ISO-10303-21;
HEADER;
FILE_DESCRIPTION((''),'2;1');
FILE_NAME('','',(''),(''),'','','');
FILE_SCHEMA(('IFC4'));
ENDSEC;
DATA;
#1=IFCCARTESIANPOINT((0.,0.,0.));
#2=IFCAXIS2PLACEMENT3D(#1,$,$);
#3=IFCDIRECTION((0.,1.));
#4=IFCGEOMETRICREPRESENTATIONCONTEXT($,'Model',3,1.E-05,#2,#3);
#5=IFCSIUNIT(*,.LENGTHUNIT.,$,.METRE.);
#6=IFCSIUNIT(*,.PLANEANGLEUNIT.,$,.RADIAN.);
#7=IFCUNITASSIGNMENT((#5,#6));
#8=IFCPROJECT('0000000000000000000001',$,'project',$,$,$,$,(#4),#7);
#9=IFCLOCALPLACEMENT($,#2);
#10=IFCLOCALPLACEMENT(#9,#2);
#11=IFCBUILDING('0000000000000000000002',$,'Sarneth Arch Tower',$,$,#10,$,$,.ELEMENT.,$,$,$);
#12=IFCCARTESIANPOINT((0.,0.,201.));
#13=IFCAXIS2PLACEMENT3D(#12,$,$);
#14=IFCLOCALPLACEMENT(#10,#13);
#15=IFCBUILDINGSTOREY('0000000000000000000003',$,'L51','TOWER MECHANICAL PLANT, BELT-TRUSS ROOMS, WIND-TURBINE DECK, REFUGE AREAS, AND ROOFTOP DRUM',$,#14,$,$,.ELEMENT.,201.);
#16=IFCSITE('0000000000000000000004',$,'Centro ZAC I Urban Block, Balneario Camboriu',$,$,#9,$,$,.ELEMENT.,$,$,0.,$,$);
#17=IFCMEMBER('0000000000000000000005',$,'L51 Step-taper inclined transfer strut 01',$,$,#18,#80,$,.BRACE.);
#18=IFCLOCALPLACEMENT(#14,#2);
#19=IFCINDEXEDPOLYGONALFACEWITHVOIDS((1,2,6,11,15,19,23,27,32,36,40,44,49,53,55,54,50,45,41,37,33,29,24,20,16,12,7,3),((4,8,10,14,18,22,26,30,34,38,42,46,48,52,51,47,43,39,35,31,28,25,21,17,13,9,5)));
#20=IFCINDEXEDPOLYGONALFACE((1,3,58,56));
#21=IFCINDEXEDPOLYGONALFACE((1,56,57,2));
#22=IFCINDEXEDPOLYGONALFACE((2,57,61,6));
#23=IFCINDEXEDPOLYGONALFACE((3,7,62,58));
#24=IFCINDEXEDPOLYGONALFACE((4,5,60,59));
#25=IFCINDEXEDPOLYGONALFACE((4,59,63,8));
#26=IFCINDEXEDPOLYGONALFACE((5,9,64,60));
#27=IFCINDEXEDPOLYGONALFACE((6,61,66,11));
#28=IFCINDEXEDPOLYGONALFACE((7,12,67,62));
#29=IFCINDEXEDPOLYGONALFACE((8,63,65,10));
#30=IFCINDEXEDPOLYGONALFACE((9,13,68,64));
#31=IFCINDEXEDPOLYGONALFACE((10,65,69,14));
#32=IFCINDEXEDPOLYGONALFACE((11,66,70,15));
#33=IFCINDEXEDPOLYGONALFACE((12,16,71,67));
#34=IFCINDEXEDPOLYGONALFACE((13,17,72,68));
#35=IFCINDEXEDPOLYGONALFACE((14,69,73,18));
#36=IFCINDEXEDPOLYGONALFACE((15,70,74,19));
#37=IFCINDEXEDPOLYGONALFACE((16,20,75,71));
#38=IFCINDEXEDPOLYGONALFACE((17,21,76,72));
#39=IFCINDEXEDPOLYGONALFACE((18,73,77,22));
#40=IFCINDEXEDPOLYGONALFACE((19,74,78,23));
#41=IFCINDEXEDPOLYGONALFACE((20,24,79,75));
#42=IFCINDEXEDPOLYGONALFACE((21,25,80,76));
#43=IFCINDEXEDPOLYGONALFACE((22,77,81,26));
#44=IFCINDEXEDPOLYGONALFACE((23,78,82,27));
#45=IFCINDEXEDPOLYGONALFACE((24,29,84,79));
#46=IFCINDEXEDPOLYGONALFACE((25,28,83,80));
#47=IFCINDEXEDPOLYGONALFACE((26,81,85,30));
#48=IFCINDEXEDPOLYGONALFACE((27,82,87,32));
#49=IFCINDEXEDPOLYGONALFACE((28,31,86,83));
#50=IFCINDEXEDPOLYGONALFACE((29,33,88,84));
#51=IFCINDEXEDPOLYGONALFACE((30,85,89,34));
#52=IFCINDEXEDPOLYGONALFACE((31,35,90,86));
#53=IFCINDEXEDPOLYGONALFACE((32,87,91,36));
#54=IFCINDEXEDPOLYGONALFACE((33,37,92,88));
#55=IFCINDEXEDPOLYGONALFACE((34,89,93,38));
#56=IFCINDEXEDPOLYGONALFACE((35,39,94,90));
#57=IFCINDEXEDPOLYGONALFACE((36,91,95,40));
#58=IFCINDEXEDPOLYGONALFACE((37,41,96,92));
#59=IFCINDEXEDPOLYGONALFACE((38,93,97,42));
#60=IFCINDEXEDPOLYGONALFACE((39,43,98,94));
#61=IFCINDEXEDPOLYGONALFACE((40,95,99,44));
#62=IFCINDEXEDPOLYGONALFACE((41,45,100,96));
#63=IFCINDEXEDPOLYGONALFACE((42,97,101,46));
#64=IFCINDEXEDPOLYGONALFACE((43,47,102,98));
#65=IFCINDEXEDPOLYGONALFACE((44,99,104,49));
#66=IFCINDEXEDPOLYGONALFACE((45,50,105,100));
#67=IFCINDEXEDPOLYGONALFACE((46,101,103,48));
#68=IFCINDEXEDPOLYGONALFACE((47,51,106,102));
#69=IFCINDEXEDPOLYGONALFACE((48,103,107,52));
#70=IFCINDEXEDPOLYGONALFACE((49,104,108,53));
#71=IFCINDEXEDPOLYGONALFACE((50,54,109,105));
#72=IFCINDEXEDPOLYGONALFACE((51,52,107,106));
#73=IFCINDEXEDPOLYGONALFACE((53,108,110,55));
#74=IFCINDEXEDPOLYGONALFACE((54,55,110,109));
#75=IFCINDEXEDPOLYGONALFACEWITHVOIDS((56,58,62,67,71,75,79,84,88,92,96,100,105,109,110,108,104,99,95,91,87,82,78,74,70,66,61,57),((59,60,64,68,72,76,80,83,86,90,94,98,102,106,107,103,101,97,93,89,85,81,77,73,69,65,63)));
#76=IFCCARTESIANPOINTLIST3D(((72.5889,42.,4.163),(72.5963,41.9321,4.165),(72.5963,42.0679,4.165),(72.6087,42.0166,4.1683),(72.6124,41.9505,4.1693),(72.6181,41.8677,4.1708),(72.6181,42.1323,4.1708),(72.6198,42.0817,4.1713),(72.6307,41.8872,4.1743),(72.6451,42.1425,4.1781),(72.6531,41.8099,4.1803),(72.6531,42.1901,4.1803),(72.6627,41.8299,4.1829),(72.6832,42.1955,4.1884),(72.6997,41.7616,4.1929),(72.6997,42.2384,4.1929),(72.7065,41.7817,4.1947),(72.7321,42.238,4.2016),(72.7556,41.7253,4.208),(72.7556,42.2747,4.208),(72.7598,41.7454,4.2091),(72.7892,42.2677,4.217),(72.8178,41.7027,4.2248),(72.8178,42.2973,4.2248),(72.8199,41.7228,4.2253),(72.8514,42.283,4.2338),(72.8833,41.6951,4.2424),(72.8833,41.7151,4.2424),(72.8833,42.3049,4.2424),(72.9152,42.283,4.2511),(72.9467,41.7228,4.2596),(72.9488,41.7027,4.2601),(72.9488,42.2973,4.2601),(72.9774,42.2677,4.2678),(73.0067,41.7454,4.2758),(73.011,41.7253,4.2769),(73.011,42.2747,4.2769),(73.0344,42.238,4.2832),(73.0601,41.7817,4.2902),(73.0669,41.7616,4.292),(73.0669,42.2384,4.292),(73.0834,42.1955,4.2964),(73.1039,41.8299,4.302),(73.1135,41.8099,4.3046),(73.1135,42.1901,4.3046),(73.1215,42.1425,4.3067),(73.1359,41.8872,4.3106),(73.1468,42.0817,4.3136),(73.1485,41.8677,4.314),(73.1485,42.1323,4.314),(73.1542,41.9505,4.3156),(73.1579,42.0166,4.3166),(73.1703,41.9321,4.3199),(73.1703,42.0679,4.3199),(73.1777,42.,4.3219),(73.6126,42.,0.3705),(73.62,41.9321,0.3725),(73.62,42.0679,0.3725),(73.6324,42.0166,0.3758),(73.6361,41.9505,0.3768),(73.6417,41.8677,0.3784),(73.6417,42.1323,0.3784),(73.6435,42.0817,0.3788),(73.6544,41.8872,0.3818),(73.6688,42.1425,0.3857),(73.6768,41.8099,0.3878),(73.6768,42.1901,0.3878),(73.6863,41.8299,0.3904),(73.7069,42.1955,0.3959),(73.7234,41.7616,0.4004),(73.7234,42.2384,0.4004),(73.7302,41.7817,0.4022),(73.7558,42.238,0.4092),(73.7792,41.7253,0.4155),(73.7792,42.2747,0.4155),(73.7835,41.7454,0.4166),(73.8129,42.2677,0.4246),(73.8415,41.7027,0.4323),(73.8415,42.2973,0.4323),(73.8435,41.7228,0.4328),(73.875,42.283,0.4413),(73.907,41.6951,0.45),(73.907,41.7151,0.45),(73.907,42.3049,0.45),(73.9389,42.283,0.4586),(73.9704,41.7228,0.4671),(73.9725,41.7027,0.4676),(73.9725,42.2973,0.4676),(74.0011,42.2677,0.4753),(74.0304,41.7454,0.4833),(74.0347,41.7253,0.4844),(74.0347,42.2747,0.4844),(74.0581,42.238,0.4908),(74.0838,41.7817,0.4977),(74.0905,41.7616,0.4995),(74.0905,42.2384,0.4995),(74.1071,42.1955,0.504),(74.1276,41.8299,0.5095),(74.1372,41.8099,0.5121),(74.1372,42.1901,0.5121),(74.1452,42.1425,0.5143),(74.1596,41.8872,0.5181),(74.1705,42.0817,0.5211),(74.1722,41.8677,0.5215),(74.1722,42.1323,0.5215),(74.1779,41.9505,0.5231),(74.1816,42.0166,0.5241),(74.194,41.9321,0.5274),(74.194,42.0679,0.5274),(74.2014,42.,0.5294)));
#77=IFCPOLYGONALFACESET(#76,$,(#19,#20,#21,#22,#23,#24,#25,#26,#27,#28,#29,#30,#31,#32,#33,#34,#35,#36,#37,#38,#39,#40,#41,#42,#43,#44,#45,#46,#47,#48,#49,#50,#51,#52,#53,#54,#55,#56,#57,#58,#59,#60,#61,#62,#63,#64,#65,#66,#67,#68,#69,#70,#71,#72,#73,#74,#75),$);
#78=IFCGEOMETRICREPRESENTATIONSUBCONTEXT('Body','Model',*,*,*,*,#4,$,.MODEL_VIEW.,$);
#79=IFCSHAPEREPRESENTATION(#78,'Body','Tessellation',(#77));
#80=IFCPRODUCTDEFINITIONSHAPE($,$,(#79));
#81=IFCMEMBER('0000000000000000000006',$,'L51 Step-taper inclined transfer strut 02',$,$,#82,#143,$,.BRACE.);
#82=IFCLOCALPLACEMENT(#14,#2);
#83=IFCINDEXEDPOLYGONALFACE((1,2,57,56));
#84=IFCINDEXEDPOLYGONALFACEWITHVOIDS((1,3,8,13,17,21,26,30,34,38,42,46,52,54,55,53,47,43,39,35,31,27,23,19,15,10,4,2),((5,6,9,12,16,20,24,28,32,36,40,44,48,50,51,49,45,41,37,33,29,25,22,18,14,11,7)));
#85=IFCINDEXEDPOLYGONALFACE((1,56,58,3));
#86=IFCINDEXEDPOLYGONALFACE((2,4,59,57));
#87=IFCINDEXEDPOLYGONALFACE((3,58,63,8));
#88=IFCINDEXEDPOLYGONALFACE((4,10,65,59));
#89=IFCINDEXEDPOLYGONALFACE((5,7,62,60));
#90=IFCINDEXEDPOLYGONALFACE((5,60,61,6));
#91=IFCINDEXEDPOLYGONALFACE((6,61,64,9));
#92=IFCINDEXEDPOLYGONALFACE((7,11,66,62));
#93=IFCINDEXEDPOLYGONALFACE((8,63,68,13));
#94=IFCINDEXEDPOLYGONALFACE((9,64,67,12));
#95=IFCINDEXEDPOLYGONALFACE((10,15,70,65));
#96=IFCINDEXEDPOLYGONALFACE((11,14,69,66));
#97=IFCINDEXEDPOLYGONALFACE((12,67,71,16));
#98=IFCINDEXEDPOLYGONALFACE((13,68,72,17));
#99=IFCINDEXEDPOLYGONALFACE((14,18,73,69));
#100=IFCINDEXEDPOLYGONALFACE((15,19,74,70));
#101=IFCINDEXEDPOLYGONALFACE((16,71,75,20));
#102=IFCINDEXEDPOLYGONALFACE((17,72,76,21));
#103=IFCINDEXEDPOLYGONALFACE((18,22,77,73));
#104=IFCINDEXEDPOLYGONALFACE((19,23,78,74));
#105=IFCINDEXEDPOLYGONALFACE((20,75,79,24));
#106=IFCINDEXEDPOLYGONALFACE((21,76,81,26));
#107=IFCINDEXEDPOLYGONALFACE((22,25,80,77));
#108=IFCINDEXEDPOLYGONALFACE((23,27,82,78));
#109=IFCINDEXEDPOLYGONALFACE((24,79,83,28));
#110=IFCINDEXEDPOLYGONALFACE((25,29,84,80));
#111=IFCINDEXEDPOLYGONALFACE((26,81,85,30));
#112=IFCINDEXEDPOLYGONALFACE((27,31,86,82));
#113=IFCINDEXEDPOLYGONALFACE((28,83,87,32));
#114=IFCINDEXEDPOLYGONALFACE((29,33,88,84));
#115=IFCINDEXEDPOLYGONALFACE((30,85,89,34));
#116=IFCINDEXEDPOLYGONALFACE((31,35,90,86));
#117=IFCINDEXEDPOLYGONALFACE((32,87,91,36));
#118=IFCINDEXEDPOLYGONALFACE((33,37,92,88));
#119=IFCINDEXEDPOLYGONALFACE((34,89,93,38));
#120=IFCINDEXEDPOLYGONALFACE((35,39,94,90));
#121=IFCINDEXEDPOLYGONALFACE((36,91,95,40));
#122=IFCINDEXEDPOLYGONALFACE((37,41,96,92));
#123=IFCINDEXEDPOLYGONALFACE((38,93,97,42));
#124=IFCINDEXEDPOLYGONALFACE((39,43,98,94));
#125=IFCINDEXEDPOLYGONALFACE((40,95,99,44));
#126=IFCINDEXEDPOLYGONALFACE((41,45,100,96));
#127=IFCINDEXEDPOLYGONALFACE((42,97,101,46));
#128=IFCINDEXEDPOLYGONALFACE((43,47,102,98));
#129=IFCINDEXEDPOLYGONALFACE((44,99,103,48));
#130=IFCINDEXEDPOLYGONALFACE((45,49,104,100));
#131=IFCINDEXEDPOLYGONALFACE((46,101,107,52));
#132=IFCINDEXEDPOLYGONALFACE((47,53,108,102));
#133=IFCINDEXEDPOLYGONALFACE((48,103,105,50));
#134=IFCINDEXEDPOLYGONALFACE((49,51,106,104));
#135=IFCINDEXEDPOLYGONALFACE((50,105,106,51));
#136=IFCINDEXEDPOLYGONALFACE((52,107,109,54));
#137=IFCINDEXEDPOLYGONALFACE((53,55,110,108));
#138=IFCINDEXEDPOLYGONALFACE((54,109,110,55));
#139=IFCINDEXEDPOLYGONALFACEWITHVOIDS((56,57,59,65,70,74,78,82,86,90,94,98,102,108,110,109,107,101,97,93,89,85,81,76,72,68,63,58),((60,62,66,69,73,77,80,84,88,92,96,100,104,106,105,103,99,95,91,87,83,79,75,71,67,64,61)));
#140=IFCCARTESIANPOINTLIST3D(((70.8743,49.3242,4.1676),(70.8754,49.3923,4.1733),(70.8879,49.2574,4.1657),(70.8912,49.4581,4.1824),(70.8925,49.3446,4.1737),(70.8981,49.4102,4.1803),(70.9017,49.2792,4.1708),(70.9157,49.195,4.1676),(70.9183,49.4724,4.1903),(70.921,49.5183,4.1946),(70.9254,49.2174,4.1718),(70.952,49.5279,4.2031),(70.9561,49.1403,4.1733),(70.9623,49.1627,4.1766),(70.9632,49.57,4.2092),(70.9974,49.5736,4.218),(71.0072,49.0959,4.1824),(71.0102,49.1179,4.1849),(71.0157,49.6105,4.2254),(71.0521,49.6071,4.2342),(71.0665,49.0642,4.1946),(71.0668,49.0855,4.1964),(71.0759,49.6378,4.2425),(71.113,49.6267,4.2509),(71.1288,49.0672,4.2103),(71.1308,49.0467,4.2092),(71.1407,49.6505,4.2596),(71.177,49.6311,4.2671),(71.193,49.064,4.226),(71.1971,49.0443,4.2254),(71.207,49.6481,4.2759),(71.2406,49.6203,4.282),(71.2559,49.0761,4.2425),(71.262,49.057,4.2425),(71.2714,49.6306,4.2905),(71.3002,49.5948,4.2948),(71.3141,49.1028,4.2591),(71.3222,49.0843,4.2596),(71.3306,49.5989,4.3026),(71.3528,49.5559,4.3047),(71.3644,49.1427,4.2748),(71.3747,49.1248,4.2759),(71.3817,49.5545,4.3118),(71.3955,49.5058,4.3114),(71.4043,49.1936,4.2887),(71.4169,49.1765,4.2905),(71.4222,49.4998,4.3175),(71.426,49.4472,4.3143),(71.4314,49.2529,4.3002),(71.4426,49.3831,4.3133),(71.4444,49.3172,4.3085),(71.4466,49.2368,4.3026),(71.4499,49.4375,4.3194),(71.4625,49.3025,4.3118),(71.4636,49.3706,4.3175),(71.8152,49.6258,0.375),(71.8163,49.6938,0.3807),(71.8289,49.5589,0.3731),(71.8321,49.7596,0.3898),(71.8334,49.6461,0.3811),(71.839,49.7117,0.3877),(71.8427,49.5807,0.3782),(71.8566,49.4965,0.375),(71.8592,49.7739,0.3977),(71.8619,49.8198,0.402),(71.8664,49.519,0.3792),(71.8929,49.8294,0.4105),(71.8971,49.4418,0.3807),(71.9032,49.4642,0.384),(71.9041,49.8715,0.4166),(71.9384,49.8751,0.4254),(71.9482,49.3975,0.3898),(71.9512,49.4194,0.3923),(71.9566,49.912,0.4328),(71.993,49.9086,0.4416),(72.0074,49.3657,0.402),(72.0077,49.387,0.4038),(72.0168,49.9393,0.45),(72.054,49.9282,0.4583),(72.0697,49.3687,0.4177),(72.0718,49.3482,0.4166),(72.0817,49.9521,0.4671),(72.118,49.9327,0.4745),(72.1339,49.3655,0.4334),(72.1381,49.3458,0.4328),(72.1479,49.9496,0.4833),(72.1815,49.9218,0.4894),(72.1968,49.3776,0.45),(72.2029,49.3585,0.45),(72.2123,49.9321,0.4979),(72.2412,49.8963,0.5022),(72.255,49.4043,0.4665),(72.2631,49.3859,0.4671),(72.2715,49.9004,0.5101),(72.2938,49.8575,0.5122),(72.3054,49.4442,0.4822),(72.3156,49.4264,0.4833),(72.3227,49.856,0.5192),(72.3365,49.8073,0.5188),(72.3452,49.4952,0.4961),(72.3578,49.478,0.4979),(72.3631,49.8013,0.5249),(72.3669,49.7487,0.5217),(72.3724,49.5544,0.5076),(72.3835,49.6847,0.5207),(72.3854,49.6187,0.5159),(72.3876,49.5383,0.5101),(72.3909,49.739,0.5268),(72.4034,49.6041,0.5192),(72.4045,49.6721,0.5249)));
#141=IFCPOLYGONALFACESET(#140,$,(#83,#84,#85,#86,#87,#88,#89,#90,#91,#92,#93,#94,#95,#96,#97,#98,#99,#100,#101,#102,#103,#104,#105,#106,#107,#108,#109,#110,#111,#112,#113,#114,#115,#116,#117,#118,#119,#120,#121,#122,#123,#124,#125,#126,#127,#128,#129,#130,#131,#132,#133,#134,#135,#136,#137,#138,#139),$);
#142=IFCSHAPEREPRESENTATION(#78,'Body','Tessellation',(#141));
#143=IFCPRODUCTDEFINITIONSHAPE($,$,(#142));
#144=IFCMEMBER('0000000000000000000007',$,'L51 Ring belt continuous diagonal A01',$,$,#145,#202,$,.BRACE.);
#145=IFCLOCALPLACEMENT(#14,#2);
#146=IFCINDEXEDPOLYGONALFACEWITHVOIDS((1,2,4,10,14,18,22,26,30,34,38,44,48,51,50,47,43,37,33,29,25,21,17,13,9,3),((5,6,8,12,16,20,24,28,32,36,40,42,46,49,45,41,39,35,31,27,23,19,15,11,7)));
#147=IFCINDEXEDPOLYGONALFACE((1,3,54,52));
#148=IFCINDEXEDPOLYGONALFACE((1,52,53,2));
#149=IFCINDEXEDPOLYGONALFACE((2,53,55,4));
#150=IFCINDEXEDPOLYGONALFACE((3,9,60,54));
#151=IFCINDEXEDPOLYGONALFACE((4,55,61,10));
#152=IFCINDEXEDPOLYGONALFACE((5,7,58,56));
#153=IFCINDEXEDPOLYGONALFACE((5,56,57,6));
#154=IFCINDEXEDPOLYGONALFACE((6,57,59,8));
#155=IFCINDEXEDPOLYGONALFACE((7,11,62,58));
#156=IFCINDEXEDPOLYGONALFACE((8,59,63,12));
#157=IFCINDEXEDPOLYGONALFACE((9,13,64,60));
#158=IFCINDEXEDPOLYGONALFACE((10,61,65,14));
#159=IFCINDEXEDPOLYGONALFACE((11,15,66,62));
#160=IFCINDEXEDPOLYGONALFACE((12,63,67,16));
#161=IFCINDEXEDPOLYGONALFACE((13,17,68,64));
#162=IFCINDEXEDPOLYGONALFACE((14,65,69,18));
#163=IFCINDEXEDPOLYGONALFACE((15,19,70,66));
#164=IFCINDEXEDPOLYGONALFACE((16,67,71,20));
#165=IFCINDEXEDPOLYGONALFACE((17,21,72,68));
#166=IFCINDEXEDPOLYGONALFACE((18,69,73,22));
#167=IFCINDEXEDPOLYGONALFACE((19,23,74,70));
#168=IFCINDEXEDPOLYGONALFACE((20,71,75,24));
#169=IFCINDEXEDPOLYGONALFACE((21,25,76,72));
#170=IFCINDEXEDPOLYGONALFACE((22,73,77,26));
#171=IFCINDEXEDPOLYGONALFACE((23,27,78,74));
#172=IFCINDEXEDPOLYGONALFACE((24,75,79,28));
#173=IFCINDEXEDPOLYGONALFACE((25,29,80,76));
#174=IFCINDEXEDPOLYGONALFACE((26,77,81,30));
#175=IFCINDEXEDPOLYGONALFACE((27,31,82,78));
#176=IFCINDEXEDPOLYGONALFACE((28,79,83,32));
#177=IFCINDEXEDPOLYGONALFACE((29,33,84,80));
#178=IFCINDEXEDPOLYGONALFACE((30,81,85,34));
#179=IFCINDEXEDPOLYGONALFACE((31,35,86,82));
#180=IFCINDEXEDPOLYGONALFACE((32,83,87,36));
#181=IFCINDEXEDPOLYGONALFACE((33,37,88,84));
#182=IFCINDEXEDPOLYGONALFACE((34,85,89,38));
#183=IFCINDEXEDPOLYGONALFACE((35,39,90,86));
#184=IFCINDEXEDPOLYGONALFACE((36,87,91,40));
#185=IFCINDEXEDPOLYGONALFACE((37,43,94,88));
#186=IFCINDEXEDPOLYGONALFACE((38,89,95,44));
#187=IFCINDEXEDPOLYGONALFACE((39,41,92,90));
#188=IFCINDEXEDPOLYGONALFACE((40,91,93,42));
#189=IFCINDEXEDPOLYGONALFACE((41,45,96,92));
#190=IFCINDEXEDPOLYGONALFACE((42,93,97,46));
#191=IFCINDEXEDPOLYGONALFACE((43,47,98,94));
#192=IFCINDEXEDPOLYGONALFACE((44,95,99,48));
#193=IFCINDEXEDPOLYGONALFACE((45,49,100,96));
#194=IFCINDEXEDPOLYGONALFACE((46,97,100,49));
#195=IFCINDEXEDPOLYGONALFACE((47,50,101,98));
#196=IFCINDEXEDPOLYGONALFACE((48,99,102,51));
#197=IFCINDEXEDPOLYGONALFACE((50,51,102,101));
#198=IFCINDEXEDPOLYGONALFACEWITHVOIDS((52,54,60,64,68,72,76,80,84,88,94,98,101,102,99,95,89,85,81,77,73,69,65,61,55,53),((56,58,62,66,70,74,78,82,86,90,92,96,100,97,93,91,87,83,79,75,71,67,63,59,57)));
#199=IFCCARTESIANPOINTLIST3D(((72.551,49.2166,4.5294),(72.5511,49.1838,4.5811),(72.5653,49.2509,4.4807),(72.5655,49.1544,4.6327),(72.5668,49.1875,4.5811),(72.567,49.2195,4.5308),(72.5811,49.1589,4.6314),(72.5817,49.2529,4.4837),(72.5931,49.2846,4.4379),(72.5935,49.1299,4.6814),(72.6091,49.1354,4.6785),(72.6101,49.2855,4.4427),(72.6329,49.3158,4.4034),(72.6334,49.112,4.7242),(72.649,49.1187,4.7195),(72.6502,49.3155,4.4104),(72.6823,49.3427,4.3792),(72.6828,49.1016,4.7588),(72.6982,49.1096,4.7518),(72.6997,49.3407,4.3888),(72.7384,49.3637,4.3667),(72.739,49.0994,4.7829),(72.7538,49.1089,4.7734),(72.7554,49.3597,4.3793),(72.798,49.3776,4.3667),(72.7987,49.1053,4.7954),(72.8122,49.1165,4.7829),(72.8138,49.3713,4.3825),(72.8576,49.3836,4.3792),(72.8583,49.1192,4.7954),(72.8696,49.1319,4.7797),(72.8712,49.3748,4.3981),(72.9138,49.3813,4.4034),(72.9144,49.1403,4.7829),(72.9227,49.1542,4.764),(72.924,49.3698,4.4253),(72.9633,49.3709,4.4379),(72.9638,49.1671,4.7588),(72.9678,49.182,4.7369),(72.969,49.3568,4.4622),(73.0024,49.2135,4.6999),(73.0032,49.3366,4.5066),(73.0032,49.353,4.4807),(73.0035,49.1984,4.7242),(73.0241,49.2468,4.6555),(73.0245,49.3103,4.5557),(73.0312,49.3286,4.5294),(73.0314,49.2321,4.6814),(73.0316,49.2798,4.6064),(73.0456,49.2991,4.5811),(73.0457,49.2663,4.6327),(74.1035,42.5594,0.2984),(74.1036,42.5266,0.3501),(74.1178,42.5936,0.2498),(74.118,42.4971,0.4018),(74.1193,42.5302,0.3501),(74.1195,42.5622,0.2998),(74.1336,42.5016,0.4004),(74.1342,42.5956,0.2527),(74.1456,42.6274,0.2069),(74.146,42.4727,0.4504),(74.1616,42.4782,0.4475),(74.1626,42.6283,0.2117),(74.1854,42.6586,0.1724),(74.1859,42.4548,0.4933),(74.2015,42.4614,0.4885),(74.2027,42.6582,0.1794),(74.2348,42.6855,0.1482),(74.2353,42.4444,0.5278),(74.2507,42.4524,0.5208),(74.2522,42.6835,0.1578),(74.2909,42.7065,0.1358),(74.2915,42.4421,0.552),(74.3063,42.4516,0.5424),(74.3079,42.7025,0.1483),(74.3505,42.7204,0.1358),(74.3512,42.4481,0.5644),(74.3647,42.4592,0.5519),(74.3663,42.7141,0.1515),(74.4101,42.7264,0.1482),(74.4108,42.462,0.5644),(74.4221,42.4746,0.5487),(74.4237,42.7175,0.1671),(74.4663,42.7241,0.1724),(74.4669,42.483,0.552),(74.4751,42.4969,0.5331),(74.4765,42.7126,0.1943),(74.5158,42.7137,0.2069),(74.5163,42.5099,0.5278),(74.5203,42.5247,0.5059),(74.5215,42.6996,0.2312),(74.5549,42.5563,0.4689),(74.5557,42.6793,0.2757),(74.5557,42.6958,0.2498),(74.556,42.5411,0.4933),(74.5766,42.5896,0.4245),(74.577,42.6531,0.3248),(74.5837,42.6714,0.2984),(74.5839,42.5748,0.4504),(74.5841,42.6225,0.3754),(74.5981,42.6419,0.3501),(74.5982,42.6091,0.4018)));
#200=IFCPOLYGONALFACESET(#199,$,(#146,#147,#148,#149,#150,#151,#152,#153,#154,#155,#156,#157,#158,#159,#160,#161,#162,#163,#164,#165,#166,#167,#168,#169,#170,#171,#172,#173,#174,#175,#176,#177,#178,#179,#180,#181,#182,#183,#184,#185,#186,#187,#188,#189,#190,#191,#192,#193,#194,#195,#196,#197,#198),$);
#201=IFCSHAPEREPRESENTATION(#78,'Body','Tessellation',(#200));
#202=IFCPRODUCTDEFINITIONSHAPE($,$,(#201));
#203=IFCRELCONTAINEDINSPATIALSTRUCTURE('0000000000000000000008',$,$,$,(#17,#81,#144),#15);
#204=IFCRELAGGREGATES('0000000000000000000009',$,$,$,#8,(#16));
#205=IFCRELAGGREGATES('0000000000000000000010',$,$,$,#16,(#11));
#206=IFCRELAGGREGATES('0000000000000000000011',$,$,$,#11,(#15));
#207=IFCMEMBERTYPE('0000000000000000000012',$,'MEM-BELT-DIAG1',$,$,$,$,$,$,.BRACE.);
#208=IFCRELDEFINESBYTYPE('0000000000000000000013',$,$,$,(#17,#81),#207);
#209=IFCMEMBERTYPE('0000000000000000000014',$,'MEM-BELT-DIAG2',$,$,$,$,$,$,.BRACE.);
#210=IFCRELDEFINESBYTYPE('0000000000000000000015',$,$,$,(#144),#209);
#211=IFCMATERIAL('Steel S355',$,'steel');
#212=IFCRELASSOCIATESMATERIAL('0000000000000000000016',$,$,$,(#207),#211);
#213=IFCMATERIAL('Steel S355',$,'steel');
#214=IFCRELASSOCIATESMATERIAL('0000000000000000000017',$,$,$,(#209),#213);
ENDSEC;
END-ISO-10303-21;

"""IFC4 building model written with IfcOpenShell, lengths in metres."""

from ifc_helpers import new_model, si_unit, direction, frame, origin, origin_2d, place, context, subcontext, project, spatial, hollow_circle, extrude, material, material_profile, profile_set, type_object, element, save


model = new_model("IFC4")

# Units and contexts
model_context = context("Model", 3, precision=1e-05, world=origin(), true_north=direction((0.0, 1.0)))
body_context = subcontext(model_context, "Body", "Model", "MODEL_VIEW")
ifc_project = project(units=[si_unit("LENGTHUNIT", "METRE"), si_unit("PLANEANGLEUNIT", "RADIAN")], contexts=[model_context])

# Site, building, storey
site_placement = place(None, origin())
site = spatial("IfcSite", under=ifc_project, at=site_placement, Name="Centro ZAC I Urban Block, Balneario Camboriu", CompositionType="ELEMENT", RefElevation=0.0)
building_placement = place(site_placement, origin())
building = spatial("IfcBuilding", under=site, at=building_placement, Name="Sarneth Arch Tower", CompositionType="ELEMENT")
storey_placement = place(building_placement, frame((0.0, 0.0, 201.0)))
storey = spatial("IfcBuildingStorey", under=building, at=storey_placement, Name="L51", Description="TOWER MECHANICAL PLANT, BELT-TRUSS ROOMS, WIND-TURBINE DECK, REFUGE AREAS, AND ROOFTOP DRUM", CompositionType="ELEMENT", Elevation=201.0)

# Members
ifc_material_1 = material(Name="Steel S355", Category="steel")
ifc_material_profile_1 = material_profile(ifc_material_1, hollow_circle(Radius=0.3049, WallThickness=0.02, at=origin_2d()), Name="CHS610x20")
ifc_profile_set_1 = profile_set([ifc_material_profile_1], Name="Steel S355")
member_type_1 = type_object("IfcMemberType", Name="MEM-BELT-DIAG1", PredefinedType="BRACE", material=ifc_profile_set_1)
member_1_placement = place(storey_placement, frame((73.907, 42.0, 0.45), z_axis=(-0.260597, 0.0, 0.965448), x_axis=(0.0, -1.0, 0.0)))
element("IfcMember", 1, at=member_1_placement, inside=storey, type_object=member_type_1, Name="L51 Step-taper inclined transfer strut 01", PredefinedType="BRACE", context=body_context, shape_type="SweptSolid", body=[
    extrude(hollow_circle(Radius=0.3049, WallThickness=0.02, at=origin_2d()), origin(), (0.0, 0.0, 1.0), 3.9282),
])
member_2_placement = place(storey_placement, frame((72.1099, 49.6489, 0.45), z_axis=(-0.240087, -0.076935, 0.967698), x_axis=(0.305161, -0.952301, 0.0)))
element("IfcMember", 2, at=member_2_placement, inside=storey, type_object=member_type_1, Name="L51 Step-taper inclined transfer strut 02", PredefinedType="BRACE", context=body_context, shape_type="SweptSolid", body=[
    extrude(hollow_circle(Radius=0.3049, WallThickness=0.02, at=origin_2d()), origin(), (0.0, 0.0, 1.0), 3.9192),
])
ifc_material_2 = material(Name="Steel S355", Category="steel")
ifc_material_profile_2 = material_profile(ifc_material_2, hollow_circle(Radius=0.2539, WallThickness=0.0161, at=origin_2d()), Name="CHS508x16")
ifc_profile_set_2 = profile_set([ifc_material_profile_2], Name="Steel S355")
member_type_2 = type_object("IfcMemberType", Name="MEM-BELT-DIAG2", PredefinedType="BRACE", material=ifc_profile_set_2)
member_3_placement = place(storey_placement, frame((74.3508, 42.5842, 0.3501), z_axis=(-0.193113, 0.828088, 0.526286), x_axis=(-0.973869, -0.22711, 0.0)))
element("IfcMember", 3, at=member_3_placement, inside=storey, type_object=member_type_2, Name="L51 Ring belt continuous diagonal A01", PredefinedType="BRACE", context=body_context, shape_type="SweptSolid", body=[
    extrude(hollow_circle(Radius=0.2539, WallThickness=0.0161, at=origin_2d()), origin(), (0.0, 0.0, 1.0), 8.0393),
])

save(model, "model.ifc")
